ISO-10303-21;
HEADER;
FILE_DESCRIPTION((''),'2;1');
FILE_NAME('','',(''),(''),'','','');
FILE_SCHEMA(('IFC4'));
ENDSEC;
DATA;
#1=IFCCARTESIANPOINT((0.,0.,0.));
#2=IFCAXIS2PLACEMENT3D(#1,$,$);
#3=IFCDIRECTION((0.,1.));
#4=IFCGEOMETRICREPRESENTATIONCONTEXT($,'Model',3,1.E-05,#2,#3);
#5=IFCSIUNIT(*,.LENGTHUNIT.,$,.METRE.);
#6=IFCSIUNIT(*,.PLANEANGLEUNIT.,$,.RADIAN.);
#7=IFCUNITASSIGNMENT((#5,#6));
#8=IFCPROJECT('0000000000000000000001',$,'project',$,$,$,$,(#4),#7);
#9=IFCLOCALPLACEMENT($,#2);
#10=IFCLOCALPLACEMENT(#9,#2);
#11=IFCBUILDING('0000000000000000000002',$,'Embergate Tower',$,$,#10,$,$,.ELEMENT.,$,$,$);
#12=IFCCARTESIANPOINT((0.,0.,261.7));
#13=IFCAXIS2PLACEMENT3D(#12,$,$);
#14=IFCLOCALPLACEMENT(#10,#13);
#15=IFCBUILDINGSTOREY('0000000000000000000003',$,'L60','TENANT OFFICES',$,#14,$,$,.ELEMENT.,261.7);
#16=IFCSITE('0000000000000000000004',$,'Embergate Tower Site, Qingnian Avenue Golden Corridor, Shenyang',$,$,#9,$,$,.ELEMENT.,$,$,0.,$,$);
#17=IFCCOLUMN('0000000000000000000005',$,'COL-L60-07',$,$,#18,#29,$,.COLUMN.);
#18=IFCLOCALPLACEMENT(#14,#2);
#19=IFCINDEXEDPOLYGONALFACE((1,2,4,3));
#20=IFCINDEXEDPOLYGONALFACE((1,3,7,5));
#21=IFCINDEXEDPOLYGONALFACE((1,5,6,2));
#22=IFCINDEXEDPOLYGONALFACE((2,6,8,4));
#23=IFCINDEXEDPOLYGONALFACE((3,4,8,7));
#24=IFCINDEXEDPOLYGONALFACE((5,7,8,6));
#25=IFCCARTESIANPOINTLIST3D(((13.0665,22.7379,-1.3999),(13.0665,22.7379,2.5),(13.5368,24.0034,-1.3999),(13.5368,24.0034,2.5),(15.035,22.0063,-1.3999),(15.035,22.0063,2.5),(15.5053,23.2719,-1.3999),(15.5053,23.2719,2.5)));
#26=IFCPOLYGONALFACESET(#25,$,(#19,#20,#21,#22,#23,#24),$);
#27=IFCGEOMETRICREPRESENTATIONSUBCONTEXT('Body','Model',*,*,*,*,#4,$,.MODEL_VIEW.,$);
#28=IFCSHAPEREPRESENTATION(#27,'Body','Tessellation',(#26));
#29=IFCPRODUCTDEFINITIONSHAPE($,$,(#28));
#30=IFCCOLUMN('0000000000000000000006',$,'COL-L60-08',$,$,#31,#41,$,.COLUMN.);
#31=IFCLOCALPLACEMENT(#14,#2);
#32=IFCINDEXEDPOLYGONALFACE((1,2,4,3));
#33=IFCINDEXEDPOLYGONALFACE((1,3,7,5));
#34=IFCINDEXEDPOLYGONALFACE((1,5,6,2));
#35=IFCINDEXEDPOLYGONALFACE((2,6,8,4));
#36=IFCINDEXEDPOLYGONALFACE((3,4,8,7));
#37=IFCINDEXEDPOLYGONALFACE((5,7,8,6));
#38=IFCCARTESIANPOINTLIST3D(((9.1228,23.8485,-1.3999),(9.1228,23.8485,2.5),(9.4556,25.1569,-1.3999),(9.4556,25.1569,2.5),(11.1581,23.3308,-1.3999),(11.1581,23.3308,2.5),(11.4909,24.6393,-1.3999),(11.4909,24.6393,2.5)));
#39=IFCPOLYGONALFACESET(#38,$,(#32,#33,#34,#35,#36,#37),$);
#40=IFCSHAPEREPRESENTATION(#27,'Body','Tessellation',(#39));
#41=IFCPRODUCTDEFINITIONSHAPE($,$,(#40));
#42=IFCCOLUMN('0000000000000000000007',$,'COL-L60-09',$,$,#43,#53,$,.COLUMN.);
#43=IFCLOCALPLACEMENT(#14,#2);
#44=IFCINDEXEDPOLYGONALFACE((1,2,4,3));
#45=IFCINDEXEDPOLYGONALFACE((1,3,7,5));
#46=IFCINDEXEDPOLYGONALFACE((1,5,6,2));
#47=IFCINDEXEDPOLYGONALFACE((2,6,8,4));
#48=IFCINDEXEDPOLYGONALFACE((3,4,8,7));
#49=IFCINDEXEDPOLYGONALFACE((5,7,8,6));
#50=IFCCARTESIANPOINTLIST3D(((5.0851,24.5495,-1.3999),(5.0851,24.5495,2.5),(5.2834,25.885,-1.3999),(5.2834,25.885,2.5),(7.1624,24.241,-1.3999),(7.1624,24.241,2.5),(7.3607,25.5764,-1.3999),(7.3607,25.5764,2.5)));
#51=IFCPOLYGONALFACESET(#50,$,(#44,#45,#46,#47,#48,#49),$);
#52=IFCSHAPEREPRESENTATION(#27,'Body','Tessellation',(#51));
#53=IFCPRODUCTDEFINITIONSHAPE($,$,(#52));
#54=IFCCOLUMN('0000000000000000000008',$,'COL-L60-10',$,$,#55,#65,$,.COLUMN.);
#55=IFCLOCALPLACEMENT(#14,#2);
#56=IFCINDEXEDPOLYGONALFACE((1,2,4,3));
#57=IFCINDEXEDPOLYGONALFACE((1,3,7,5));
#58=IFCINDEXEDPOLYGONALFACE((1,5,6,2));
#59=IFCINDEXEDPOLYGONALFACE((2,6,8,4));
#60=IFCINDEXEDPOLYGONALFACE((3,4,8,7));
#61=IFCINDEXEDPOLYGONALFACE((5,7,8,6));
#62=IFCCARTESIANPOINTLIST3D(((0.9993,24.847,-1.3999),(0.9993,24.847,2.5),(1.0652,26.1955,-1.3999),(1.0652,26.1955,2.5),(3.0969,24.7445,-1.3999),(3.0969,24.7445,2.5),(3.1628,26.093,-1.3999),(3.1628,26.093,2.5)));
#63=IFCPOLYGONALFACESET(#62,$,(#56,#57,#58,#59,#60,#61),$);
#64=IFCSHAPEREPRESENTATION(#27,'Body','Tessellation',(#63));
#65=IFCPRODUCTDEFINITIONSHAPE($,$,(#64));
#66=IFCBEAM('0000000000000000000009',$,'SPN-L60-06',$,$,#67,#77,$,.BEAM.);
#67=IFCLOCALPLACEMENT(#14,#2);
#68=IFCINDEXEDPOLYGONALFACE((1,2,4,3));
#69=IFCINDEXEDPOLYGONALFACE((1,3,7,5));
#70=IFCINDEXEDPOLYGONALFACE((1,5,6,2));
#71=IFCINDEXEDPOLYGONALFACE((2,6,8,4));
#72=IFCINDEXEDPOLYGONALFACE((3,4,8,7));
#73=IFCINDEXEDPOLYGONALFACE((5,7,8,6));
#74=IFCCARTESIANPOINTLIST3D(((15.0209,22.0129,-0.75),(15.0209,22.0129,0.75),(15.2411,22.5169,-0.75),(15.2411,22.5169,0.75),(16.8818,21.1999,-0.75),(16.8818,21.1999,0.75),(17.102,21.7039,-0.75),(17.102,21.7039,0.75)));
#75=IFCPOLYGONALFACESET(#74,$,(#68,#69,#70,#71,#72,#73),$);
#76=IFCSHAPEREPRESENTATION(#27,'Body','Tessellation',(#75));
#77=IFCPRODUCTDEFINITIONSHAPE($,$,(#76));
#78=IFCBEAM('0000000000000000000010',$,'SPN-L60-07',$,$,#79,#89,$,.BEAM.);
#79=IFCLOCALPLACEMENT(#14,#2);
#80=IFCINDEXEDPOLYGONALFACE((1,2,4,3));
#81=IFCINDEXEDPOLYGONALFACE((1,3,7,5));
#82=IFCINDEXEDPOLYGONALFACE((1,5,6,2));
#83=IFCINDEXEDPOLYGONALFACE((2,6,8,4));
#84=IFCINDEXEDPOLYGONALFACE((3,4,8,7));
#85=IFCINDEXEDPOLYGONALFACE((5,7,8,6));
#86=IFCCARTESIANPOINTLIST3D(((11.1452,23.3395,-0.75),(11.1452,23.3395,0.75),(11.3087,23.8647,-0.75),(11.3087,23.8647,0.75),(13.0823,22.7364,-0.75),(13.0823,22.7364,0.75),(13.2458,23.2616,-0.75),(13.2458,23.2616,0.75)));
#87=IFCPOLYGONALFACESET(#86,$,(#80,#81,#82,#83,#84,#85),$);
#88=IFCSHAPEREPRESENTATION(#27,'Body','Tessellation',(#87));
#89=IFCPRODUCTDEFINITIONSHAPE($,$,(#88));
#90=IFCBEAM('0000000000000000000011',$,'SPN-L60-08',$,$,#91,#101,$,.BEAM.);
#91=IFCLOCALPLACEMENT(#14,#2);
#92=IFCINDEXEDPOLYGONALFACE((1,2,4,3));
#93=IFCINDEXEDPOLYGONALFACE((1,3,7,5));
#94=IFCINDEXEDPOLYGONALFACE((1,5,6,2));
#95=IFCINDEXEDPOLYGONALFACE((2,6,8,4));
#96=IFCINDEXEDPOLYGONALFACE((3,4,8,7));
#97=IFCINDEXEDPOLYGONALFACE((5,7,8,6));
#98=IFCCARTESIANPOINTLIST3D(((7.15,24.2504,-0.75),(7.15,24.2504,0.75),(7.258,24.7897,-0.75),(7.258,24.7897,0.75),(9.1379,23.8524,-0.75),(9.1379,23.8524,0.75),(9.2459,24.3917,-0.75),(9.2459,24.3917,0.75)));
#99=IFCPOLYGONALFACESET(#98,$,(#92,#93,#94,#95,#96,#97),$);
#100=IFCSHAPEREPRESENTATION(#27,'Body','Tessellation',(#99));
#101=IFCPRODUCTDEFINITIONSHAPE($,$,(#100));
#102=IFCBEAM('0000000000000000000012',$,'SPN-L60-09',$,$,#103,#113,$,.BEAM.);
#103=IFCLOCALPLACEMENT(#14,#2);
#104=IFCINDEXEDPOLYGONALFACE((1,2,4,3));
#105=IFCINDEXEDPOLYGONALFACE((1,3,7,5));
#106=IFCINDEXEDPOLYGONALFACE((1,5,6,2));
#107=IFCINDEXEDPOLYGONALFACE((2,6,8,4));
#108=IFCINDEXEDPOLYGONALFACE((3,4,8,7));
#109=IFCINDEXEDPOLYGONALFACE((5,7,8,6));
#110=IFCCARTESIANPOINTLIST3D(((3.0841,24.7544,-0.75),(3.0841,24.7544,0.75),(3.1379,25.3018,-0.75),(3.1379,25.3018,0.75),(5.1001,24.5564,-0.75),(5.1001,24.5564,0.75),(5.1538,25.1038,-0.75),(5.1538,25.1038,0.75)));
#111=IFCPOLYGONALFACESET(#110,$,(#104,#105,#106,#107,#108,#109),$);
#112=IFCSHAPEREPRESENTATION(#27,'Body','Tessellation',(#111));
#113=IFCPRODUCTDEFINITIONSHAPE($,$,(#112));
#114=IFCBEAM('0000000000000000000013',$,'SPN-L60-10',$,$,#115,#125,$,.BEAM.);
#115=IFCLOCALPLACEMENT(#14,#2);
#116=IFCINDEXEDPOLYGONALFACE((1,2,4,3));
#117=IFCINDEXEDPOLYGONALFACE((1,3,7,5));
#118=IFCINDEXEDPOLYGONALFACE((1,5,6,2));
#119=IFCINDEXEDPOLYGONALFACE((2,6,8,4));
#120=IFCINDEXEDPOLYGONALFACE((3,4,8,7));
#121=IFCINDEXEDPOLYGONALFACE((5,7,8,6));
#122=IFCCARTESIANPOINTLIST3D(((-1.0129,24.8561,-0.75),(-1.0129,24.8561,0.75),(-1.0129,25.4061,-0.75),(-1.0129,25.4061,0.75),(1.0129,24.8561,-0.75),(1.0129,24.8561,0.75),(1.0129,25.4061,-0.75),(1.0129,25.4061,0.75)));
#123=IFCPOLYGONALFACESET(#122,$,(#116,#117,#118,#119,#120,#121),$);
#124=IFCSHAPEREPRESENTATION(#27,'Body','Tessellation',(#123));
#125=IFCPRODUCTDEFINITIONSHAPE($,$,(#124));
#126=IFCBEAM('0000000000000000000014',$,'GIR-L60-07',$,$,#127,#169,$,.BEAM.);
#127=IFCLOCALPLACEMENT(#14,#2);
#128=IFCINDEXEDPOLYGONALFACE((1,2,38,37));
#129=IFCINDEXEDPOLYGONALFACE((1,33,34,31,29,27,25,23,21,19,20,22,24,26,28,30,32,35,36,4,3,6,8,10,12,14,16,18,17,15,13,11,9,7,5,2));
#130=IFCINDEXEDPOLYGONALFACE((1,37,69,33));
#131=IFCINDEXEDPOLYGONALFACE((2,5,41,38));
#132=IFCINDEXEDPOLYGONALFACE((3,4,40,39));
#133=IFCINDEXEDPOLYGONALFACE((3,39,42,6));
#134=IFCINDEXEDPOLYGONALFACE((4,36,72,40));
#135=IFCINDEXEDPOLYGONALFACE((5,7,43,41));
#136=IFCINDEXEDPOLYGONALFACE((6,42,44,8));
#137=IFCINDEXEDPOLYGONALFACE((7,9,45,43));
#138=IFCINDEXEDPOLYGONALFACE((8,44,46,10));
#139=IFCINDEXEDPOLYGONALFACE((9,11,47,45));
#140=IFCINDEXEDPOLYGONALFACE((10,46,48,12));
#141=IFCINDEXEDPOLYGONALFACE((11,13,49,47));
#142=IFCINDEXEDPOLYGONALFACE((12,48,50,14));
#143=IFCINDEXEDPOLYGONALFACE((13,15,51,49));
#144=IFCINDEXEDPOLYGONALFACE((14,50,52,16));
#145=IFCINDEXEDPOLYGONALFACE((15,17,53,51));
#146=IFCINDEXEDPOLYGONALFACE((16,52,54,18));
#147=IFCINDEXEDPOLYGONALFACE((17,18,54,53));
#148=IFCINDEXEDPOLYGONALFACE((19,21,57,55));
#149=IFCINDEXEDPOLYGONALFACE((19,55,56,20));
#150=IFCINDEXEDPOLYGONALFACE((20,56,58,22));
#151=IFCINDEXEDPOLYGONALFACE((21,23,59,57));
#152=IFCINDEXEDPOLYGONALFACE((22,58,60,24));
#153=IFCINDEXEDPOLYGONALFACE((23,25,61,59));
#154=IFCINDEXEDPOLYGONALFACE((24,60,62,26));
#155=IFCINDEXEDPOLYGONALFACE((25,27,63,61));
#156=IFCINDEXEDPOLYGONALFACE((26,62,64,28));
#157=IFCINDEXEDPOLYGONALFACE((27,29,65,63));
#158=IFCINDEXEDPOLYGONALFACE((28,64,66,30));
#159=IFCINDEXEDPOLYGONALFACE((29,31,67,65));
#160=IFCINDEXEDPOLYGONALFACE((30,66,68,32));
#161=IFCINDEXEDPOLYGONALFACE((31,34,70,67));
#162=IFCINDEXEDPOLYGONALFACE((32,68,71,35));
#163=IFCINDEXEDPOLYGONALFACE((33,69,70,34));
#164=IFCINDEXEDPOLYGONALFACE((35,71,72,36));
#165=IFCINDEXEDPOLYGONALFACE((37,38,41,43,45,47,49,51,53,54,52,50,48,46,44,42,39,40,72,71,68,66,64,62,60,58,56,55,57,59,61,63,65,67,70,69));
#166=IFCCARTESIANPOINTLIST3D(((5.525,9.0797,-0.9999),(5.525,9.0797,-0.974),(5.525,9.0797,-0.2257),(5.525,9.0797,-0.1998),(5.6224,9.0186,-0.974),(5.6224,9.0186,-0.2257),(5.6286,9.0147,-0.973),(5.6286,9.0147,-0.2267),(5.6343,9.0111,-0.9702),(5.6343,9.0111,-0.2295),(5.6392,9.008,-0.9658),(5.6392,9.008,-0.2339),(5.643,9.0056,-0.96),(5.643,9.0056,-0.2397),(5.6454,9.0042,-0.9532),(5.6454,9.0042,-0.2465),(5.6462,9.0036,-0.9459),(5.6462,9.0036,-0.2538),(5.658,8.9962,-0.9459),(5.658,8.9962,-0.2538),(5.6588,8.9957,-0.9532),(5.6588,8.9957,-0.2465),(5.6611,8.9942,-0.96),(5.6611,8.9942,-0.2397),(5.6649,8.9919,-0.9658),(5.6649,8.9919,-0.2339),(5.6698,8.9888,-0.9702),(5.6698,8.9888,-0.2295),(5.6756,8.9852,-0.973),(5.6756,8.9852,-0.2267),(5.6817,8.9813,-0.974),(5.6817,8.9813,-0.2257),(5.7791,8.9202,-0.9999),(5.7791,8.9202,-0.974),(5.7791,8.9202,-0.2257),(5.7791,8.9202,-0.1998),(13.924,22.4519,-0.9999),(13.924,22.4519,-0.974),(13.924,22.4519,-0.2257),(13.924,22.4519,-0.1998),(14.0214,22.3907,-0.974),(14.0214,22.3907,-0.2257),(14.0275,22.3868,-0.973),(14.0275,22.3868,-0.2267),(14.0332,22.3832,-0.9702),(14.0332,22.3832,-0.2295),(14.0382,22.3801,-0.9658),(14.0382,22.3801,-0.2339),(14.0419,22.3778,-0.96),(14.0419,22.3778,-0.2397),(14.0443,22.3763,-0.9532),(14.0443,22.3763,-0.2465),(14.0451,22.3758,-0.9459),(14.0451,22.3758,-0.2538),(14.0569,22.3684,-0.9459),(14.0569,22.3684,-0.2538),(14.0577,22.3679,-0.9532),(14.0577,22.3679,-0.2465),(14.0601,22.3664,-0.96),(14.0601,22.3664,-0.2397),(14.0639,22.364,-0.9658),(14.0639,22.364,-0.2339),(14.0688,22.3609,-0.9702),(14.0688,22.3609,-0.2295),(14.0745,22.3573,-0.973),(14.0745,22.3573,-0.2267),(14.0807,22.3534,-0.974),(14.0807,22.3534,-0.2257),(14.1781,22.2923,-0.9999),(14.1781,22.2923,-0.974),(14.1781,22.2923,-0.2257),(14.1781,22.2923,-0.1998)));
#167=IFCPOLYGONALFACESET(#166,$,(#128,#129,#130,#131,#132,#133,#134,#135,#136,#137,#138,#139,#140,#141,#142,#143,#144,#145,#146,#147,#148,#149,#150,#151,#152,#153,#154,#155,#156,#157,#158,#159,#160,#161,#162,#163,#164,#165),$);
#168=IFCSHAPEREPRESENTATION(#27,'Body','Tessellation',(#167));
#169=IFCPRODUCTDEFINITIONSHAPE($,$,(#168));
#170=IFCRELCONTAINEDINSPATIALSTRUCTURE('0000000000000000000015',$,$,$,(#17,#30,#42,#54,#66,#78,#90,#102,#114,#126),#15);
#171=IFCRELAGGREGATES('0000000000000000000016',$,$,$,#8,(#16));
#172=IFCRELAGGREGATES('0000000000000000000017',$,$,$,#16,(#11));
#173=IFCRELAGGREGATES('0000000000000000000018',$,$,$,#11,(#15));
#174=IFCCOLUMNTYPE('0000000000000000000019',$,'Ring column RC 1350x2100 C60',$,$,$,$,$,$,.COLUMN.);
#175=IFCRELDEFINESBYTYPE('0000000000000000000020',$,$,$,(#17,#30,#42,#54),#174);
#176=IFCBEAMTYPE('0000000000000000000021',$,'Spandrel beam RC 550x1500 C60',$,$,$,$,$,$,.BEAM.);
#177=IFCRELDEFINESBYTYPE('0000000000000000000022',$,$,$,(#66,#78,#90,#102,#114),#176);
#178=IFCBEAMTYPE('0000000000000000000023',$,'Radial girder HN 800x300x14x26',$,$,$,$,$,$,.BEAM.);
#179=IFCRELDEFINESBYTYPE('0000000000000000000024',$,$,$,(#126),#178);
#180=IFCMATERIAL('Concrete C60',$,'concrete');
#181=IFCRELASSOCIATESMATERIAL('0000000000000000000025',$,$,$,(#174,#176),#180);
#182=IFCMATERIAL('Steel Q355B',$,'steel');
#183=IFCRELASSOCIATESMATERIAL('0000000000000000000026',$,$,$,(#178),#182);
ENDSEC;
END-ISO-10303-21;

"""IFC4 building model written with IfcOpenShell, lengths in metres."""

from ifc_helpers import new_model, si_unit, direction, frame, origin, origin_2d, place, context, subcontext, project, spatial, rectangle, i_section, extrude, source, transform, mapped, material, material_profile, profile_set, type_object, element, save


model = new_model("IFC4")

# Units and contexts
model_context = context("Model", 3, precision=1e-05, world=origin(), true_north=direction((0.0, 1.0)))
body_context = subcontext(model_context, "Body", "Model", "MODEL_VIEW")
ifc_project = project(units=[si_unit("LENGTHUNIT", "METRE"), si_unit("PLANEANGLEUNIT", "RADIAN")], contexts=[model_context])

# Site, building, storey
site_placement = place(None, origin())
site = spatial("IfcSite", under=ifc_project, at=site_placement, Name="Embergate Tower Site, Qingnian Avenue Golden Corridor, Shenyang", CompositionType="ELEMENT", RefElevation=0.0)
building_placement = place(site_placement, origin())
building = spatial("IfcBuilding", under=site, at=building_placement, Name="Embergate Tower", CompositionType="ELEMENT")
storey_placement = place(building_placement, frame((0.0, 0.0, 261.7)))
storey = spatial("IfcBuildingStorey", under=building, at=storey_placement, Name="L60", Description="TENANT OFFICES", CompositionType="ELEMENT", Elevation=261.7)

# Columns
ifc_material_1 = material(Name="Concrete C60", Category="concrete")
ifc_material_profile_1 = material_profile(ifc_material_1, rectangle(XDim=1.3501, YDim=2.1001, at=origin_2d()), Name="RC 1350x2100")
ifc_profile_set_1 = profile_set([ifc_material_profile_1], Name="Concrete C60")
column_type = type_object("IfcColumnType", Name="Ring column RC 1350x2100 C60", PredefinedType="COLUMN", material=ifc_profile_set_1)
shared_shape_1 = source(origin(), body_context, "Body", "SweptSolid", [
    extrude(rectangle(XDim=1.3501, YDim=2.1001, at=origin_2d()), origin(), (0.0, 0.0, 1.0), 3.8999),
])
for number, where, z_axis, x_axis, name in (
    (1, (14.2859, 23.0049, -1.3999), (0.0, 0.0, 1.0), (0.348343, 0.937367, 0.0), "COL-L60-07"),
    (2, (10.3069, 24.2439, -1.3999), (0.0, 0.0, 1.0), (0.246492, 0.969145, 0.0), "COL-L60-08"),
    (3, (6.2229, 25.063, -1.3999), (0.0, 0.0, 1.0), (0.146929, 0.989147, 0.0), "COL-L60-09"),
    (4, (2.0811, 25.47, -1.3999), (0.0, 0.0, 1.0), (0.048815, 0.998808, 0.0), "COL-L60-10"),
):
    element("IfcColumn", number, at=place(storey_placement, frame(where, z_axis=z_axis, x_axis=x_axis)), inside=storey, type_object=column_type, Name=name, PredefinedType="COLUMN", context=body_context, shape_type="MappedRepresentation", body=[
        mapped(shared_shape_1, transform((0.0, 0.0, 0.0))),
    ])

# Beams
ifc_material_profile_2 = material_profile(ifc_material_1, rectangle(XDim=0.55, YDim=1.5, at=origin_2d()), Name="RC 550x1500")
ifc_profile_set_2 = profile_set([ifc_material_profile_2], Name="Concrete C60")
beam_type_1 = type_object("IfcBeamType", Name="Spandrel beam RC 550x1500 C60", PredefinedType="BEAM", material=ifc_profile_set_2)
shared_shape_2 = source(origin(), body_context, "Body", "SweptSolid", [
    extrude(rectangle(XDim=0.55, YDim=1.5, at=origin_2d()), origin(), (0.0, 0.0, 1.0), 2.0308),
])
beam_1_placement = place(storey_placement, frame((16.9919, 21.4519, 0.0), z_axis=(-0.916361, 0.400352, 0.0), x_axis=(-0.400352, -0.916361, 0.0)))
element("IfcBeam", 5, at=beam_1_placement, inside=storey, type_object=beam_type_1, Name="SPN-L60-06", PredefinedType="BEAM", context=body_context, shape_type="MappedRepresentation", body=[
    mapped(shared_shape_2, transform((0.0, 0.0, 0.0))),
])
shared_shape_3 = source(origin(), body_context, "Body", "SweptSolid", [
    extrude(rectangle(XDim=0.55, YDim=1.5, at=origin_2d()), origin(), (0.0, 0.0, 1.0), 2.0288),
])
beam_2_placement = place(storey_placement, frame((13.1641, 22.999, 0.0), z_axis=(-0.954801, 0.297247, 0.0), x_axis=(-0.297247, -0.954801, 0.0)))
element("IfcBeam", 6, at=beam_2_placement, inside=storey, type_object=beam_type_1, Name="SPN-L60-07", PredefinedType="BEAM", context=body_context, shape_type="MappedRepresentation", body=[
    mapped(shared_shape_3, transform((0.0, 0.0, 0.0))),
])
shared_shape_4 = source(origin(), body_context, "Body", "SweptSolid", [
    extrude(rectangle(XDim=0.55, YDim=1.5, at=origin_2d()), origin(), (0.0, 0.0, 1.0), 2.0273),
])
beam_3_placement = place(storey_placement, frame((9.1919, 24.1221, 0.0), z_axis=(-0.980544, 0.196301, 0.0), x_axis=(-0.196301, -0.980544, 0.0)))
element("IfcBeam", 7, at=beam_3_placement, inside=storey, type_object=beam_type_1, Name="SPN-L60-08", PredefinedType="BEAM", context=body_context, shape_type="MappedRepresentation", body=[
    mapped(shared_shape_4, transform((0.0, 0.0, 0.0))),
])
shared_shape_5 = source(origin(), body_context, "Body", "SweptSolid", [
    extrude(rectangle(XDim=0.55, YDim=1.5, at=origin_2d()), origin(), (0.0, 0.0, 1.0), 2.0256),
])
beam_4_placement = place(storey_placement, frame((5.127, 24.8301, 0.0), z_axis=(-0.995211, 0.097749, 0.0), x_axis=(-0.097749, -0.995211, 0.0)))
element("IfcBeam", 8, at=beam_4_placement, inside=storey, type_object=beam_type_1, Name="SPN-L60-09", PredefinedType="BEAM", context=body_context, shape_type="MappedRepresentation", body=[
    mapped(shared_shape_5, transform((0.0, 0.0, 0.0))),
])
shared_shape_6 = source(origin(), body_context, "Body", "SweptSolid", [
    extrude(rectangle(XDim=0.55, YDim=1.5, at=origin_2d()), origin(), (0.0, 0.0, 1.0), 2.0259),
])
beam_5_placement = place(storey_placement, frame((1.0129, 25.1311, 0.0), z_axis=(-1.0, 0.0, 0.0), x_axis=(0.0, -1.0, 0.0)))
element("IfcBeam", 9, at=beam_5_placement, inside=storey, type_object=beam_type_1, Name="SPN-L60-10", PredefinedType="BEAM", context=body_context, shape_type="MappedRepresentation", body=[
    mapped(shared_shape_6, transform((0.0, 0.0, 0.0))),
])
ifc_material_2 = material(Name="Steel Q355B", Category="steel")
ifc_material_profile_3 = material_profile(ifc_material_2, i_section(OverallWidth=0.3, OverallDepth=0.8, WebThickness=0.0139, FlangeThickness=0.0259, FilletRadius=0.0281, at=origin_2d()), Name="HN 800x300x14x26")
ifc_profile_set_3 = profile_set([ifc_material_profile_3], Name="Steel Q355 grade B")
beam_type_2 = type_object("IfcBeamType", Name="Radial girder HN 800x300x14x26", PredefinedType="BEAM", material=ifc_profile_set_3)
shared_shape_7 = source(origin(), body_context, "Body", "SweptSolid", [
    extrude(i_section(OverallWidth=0.3, OverallDepth=0.8, WebThickness=0.0139, FlangeThickness=0.0259, FilletRadius=0.0281, at=origin_2d()), origin(), (0.0, 0.0, 1.0), 15.791),
])
beam_6_placement = place(storey_placement, frame((14.051, 22.3721, -0.5999), z_axis=(-0.531882, -0.846818, 0.0), x_axis=(0.846818, -0.531882, 0.0)))
element("IfcBeam", 10, at=beam_6_placement, inside=storey, type_object=beam_type_2, Name="GIR-L60-07", PredefinedType="BEAM", context=body_context, shape_type="MappedRepresentation", body=[
    mapped(shared_shape_7, transform((0.0, 0.0, 0.0))),
])

save(model, "model.ifc")
